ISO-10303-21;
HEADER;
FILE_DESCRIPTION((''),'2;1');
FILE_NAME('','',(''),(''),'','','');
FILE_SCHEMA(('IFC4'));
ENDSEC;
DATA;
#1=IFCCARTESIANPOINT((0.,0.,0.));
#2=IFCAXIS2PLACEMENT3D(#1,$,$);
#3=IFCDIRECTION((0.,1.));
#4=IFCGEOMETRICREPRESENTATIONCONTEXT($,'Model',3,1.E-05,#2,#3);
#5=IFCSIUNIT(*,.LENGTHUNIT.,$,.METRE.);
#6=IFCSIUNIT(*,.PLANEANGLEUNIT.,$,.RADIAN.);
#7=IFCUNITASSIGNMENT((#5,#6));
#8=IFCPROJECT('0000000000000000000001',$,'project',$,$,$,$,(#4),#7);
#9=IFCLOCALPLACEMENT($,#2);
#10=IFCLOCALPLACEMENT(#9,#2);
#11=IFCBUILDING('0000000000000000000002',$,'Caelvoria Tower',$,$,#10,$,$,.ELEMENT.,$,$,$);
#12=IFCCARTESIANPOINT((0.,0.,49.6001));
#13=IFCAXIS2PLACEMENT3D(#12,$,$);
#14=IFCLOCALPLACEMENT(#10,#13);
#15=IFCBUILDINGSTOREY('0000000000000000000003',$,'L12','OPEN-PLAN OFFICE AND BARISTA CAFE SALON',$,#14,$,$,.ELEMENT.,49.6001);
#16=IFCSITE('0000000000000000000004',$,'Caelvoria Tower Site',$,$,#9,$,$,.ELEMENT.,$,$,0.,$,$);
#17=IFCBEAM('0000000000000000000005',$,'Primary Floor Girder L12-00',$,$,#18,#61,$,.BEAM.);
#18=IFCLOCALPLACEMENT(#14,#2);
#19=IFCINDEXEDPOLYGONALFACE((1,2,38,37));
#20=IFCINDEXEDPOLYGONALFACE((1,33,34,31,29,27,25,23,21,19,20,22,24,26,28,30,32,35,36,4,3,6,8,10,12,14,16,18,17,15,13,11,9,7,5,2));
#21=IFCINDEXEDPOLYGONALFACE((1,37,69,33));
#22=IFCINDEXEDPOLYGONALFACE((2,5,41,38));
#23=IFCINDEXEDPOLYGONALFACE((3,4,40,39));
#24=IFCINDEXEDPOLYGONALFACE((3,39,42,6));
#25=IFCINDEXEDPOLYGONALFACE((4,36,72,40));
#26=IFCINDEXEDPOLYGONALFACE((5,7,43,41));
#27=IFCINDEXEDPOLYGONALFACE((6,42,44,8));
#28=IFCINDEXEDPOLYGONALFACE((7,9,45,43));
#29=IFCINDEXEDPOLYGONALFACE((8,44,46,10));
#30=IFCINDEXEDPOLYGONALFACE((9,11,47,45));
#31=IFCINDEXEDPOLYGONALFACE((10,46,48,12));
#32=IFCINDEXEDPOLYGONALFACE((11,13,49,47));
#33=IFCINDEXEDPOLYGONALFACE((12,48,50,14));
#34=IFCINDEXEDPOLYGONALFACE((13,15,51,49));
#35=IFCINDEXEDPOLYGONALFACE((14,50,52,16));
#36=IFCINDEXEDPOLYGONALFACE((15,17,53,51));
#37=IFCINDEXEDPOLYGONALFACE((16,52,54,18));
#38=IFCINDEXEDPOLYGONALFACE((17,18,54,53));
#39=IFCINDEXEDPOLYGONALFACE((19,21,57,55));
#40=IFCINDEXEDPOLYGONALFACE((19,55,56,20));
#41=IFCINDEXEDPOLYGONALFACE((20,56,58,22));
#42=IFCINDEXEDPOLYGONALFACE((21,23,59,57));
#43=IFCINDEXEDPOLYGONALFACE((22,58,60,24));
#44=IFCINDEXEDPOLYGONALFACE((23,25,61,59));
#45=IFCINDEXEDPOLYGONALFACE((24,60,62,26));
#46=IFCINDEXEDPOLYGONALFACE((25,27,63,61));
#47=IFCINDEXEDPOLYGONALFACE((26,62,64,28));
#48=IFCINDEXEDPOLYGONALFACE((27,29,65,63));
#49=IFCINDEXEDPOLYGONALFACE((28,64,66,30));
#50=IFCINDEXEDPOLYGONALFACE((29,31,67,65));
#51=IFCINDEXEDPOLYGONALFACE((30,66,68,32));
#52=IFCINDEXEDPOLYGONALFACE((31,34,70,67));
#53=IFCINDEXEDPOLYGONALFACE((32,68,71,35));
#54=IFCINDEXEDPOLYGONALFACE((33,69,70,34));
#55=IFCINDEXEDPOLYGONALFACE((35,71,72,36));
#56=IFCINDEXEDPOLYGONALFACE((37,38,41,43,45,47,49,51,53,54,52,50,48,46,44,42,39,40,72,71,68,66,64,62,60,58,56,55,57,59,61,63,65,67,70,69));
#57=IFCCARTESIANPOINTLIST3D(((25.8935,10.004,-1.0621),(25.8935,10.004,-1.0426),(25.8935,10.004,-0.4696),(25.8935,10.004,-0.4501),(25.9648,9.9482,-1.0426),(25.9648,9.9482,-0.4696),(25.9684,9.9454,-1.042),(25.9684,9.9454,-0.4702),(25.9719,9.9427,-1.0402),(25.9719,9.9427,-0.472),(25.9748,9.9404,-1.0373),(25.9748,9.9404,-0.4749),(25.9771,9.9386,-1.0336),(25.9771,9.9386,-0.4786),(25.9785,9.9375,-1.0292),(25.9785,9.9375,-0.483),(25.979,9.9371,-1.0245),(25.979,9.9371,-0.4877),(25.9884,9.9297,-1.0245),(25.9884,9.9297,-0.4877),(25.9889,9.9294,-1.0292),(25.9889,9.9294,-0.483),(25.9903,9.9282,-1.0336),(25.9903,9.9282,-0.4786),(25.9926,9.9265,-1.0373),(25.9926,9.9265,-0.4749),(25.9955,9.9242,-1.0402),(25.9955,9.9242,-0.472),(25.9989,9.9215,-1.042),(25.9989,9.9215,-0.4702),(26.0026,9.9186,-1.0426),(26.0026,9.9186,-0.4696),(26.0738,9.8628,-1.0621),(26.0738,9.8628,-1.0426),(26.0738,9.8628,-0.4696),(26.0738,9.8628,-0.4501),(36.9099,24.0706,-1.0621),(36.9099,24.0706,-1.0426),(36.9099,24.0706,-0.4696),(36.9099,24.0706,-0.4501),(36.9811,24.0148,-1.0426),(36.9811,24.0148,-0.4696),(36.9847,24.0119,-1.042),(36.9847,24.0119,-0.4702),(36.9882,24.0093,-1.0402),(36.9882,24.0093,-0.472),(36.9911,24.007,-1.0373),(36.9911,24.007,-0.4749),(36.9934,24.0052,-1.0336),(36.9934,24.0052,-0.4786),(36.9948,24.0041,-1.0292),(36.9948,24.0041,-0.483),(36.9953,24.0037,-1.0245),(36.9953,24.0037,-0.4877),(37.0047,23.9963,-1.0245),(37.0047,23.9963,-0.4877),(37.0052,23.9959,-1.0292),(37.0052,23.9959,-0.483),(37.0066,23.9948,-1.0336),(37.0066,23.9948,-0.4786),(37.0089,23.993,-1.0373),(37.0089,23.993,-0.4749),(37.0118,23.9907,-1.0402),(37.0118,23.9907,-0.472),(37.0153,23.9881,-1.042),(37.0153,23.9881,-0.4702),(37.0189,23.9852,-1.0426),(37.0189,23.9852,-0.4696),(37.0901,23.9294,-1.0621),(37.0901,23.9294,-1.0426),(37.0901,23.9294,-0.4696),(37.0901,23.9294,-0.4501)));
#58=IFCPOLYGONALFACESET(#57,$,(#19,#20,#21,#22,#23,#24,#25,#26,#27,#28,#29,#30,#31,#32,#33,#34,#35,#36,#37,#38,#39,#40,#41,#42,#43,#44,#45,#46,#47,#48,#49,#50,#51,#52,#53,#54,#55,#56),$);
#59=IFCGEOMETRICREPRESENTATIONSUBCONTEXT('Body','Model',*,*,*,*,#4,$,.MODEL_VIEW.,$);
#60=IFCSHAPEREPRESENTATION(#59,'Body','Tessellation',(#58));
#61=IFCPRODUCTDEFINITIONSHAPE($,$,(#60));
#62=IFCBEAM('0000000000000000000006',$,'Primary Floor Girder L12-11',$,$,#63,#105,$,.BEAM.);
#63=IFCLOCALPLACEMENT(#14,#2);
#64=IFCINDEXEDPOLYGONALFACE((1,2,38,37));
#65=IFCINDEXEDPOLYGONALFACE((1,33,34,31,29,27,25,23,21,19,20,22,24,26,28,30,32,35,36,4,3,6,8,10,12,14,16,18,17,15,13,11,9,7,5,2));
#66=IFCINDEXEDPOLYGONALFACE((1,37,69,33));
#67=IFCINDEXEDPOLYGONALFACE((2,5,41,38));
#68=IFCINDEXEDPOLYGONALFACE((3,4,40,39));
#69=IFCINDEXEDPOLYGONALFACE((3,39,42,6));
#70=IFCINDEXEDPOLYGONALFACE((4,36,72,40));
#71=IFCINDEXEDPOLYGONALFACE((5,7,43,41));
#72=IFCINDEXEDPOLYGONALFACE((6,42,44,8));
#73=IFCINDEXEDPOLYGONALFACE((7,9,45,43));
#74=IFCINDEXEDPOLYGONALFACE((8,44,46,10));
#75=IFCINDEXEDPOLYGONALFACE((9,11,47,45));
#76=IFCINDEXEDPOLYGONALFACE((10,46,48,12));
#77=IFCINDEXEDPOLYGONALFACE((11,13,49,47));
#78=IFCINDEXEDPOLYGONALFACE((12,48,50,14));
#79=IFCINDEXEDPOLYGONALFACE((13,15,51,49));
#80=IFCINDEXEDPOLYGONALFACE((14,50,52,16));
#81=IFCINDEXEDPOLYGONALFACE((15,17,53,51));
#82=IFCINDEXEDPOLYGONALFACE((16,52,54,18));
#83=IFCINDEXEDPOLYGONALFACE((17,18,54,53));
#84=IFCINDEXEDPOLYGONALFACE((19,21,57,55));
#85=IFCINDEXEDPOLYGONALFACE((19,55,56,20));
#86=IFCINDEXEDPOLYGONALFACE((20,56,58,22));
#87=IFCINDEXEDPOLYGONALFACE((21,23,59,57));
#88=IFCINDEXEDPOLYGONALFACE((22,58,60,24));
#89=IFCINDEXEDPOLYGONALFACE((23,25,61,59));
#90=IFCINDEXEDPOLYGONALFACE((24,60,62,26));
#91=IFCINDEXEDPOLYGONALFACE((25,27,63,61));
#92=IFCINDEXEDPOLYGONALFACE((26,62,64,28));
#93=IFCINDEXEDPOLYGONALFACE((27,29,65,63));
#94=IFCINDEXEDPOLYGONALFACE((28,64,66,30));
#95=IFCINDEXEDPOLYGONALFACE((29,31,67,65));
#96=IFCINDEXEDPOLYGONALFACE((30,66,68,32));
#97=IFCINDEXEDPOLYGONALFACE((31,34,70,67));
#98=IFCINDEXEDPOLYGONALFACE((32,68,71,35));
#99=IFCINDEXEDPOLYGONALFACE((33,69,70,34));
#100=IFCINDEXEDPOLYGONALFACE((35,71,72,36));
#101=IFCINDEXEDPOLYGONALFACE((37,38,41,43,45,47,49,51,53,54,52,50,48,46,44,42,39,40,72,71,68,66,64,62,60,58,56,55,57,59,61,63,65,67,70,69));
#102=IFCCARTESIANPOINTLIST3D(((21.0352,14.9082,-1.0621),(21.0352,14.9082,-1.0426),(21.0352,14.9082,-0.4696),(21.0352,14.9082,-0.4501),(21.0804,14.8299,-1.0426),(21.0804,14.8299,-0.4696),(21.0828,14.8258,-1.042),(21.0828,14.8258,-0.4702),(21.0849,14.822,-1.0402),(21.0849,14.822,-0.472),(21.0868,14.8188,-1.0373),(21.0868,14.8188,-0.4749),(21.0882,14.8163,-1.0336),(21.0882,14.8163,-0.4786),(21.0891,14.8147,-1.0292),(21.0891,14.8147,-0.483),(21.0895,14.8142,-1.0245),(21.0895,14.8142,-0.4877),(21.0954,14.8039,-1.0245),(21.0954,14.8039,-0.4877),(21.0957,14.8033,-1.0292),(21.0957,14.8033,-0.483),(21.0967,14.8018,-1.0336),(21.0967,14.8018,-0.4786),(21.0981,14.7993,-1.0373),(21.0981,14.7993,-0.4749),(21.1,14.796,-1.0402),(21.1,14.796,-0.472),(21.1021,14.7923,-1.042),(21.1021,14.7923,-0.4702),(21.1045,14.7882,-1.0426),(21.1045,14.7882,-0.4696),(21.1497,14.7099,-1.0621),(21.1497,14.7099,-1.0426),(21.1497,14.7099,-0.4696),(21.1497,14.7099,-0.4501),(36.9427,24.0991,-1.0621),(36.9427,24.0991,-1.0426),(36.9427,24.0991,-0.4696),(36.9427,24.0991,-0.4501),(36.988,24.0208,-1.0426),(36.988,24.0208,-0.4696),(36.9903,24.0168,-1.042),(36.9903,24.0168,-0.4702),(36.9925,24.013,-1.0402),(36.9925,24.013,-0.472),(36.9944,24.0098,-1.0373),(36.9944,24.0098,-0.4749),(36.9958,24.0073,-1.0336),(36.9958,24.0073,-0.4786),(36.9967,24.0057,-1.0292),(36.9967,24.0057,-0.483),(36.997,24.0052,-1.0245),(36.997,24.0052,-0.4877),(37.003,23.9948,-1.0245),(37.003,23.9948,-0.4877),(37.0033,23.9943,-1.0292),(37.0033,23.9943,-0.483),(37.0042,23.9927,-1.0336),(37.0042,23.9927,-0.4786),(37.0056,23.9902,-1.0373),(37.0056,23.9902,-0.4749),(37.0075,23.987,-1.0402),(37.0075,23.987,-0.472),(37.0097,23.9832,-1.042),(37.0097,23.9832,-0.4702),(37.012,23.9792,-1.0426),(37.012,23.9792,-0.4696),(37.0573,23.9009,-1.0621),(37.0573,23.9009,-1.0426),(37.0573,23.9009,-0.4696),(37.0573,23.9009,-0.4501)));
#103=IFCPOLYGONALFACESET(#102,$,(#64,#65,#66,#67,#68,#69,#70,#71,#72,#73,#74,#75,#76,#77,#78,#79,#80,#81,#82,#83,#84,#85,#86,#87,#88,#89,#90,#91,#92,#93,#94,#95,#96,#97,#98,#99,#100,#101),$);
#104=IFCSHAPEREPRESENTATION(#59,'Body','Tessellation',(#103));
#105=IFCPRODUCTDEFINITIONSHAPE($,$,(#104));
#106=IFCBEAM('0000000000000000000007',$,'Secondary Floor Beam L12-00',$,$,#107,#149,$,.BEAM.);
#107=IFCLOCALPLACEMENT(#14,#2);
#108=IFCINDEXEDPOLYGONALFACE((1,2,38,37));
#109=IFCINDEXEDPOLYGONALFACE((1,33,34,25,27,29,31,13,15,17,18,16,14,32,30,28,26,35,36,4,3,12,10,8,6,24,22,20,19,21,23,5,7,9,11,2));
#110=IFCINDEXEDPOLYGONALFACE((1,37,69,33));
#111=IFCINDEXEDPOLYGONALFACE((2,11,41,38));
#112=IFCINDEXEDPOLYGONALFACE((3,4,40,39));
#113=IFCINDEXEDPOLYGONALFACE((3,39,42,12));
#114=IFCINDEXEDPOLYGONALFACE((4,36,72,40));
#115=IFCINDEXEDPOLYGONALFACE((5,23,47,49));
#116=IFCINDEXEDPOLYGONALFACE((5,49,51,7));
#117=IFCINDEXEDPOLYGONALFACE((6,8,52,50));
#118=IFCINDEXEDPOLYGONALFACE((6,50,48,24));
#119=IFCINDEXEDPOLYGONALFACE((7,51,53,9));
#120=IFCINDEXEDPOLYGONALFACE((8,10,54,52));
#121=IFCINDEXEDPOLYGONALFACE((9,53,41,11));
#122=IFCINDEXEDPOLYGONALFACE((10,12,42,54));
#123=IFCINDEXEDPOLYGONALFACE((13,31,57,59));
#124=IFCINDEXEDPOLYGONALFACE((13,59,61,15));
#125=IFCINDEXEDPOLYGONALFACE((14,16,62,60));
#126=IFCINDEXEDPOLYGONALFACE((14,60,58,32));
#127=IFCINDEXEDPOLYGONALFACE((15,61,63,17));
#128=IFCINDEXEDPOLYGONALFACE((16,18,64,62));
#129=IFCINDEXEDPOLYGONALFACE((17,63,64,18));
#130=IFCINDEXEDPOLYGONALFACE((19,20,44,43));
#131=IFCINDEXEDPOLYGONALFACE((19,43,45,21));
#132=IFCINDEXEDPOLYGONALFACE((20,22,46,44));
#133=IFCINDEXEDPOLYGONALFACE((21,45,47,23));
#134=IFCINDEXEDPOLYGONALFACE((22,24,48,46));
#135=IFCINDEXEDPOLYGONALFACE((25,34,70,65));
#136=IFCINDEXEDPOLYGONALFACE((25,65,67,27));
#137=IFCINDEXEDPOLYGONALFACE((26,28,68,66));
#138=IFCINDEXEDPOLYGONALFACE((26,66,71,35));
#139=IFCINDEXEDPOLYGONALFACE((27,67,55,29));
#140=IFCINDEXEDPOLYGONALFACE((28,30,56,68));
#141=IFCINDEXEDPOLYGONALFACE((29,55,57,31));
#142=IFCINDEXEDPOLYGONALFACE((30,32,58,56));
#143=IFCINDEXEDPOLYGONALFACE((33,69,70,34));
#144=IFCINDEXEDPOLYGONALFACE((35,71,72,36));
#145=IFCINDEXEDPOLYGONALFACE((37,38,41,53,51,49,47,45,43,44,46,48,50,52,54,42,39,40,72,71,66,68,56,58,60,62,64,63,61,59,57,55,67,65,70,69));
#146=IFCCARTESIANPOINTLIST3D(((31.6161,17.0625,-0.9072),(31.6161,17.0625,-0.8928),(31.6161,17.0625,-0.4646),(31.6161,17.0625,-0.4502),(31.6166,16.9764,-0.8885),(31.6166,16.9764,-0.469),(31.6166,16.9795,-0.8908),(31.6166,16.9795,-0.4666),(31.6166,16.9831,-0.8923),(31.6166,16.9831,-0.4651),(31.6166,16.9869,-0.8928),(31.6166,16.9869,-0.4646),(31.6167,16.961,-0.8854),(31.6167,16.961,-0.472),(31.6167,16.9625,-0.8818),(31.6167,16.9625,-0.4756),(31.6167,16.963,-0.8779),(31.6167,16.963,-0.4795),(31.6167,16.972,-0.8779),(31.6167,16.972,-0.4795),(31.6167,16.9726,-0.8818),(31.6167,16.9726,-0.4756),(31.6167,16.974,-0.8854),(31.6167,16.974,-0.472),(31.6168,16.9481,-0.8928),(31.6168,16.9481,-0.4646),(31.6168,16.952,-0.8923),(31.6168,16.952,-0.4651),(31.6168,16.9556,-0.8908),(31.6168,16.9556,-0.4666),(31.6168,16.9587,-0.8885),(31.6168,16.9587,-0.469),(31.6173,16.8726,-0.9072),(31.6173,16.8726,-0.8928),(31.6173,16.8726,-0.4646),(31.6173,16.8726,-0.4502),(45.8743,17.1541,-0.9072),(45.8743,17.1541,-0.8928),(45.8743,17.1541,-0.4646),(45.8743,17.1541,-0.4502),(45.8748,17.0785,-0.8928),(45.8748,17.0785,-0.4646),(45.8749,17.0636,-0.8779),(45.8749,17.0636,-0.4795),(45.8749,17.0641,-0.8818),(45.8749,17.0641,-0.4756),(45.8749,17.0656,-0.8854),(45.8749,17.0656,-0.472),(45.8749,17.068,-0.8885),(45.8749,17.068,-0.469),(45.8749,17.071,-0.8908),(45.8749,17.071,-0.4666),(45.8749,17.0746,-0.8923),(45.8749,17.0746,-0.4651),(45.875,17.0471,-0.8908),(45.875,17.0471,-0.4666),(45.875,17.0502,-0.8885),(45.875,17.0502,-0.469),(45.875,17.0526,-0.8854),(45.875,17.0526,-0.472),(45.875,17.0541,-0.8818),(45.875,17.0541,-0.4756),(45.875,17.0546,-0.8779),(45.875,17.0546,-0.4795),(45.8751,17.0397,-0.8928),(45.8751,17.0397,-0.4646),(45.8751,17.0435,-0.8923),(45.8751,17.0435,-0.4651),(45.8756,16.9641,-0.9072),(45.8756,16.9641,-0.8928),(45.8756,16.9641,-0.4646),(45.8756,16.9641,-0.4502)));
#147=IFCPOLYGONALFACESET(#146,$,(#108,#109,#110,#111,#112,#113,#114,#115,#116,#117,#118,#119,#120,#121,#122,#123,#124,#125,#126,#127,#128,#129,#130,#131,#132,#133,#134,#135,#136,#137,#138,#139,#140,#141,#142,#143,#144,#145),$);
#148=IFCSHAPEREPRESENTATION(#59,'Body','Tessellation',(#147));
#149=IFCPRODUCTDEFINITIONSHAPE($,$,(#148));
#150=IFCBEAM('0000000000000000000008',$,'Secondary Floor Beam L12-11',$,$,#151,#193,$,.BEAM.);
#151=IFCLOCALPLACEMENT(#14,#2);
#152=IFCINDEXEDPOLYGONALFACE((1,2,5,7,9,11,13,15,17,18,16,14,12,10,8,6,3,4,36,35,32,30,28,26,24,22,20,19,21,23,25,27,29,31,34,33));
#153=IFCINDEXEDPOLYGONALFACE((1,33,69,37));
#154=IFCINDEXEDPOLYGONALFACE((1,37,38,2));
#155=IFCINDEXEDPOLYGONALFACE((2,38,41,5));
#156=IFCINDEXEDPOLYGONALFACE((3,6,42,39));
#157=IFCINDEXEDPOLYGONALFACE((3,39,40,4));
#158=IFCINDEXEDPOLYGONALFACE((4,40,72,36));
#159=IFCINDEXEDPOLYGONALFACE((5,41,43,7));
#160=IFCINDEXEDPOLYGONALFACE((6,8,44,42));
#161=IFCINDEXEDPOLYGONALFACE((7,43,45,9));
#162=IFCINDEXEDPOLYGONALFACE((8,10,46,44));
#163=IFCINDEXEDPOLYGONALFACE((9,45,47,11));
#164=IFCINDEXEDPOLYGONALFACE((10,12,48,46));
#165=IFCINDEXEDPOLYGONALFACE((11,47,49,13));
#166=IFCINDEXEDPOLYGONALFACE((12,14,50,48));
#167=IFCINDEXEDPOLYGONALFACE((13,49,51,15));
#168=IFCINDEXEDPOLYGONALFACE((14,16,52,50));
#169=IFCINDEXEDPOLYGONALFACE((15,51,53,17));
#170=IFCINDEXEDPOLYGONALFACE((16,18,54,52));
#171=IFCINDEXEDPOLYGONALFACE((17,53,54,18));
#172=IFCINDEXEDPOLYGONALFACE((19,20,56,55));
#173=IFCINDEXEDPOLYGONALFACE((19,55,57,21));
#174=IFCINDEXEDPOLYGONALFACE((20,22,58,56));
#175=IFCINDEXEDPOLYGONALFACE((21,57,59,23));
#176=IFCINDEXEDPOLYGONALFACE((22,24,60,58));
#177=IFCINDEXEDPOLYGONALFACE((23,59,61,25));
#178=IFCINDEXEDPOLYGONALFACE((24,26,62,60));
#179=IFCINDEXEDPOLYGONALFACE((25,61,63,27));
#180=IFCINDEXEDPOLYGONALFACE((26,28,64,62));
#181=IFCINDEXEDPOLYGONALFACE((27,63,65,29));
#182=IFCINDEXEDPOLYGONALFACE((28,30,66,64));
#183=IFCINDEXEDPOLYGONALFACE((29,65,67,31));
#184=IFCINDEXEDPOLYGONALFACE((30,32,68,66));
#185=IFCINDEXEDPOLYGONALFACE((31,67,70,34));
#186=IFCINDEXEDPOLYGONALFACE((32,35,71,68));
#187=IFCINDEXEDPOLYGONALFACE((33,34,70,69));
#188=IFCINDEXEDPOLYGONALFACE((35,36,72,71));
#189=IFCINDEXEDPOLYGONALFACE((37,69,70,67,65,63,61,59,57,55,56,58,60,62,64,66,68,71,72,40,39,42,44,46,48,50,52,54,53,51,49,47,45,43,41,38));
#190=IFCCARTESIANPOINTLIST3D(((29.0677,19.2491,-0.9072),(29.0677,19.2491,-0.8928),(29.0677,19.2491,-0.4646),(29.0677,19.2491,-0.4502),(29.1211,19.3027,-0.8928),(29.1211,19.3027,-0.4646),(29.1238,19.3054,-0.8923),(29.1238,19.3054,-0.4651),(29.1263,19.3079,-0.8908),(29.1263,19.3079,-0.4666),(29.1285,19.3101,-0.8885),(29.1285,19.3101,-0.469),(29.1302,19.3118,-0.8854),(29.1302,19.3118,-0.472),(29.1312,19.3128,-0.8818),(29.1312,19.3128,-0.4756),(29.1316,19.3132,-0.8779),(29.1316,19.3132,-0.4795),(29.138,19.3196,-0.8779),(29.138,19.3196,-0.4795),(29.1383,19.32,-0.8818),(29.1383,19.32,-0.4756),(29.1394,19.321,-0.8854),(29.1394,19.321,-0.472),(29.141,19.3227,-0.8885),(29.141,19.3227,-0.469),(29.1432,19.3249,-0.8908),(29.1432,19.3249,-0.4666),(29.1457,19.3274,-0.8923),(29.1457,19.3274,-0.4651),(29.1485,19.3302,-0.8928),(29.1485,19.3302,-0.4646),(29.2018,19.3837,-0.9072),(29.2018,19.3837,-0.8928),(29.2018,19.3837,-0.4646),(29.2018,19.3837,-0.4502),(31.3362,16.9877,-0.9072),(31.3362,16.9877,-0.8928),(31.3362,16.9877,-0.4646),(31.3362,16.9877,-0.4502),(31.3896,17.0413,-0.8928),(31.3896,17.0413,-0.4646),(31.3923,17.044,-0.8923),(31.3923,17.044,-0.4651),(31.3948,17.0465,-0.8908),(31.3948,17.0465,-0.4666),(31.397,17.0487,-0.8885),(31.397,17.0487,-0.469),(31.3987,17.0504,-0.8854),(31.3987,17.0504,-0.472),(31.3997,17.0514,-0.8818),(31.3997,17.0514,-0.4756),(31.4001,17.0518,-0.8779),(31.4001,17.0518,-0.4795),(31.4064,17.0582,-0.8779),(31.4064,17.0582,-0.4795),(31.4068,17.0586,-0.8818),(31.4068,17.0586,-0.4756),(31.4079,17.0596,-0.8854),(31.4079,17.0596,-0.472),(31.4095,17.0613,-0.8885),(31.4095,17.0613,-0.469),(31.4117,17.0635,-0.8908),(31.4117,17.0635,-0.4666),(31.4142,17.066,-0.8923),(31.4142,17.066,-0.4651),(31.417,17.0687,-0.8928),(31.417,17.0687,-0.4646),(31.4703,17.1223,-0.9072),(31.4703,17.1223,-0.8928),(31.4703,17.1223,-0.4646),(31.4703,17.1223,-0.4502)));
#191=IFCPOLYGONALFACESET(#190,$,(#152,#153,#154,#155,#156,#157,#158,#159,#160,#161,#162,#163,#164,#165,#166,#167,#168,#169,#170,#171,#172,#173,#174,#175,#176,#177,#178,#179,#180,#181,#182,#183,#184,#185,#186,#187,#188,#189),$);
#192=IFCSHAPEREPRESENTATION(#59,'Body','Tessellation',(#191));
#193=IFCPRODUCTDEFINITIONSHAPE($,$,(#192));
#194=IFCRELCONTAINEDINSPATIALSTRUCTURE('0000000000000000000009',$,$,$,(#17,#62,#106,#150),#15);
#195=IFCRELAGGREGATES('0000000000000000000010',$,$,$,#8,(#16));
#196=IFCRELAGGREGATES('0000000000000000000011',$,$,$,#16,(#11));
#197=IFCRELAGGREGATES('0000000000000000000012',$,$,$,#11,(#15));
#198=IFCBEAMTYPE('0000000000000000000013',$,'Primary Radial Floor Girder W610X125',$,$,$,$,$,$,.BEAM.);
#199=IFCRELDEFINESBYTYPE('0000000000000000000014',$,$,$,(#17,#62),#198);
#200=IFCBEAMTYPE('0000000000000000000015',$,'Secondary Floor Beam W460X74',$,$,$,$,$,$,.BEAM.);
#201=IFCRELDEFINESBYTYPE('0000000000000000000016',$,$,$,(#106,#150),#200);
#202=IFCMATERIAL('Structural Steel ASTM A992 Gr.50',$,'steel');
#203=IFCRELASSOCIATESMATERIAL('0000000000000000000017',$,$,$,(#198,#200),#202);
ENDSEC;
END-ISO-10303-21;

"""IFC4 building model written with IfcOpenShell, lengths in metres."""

from ifc_helpers import new_model, si_unit, direction, frame, origin, origin_2d, place, context, subcontext, project, spatial, i_section, extrude, material, material_profile, profile_set, type_object, element, save


model = new_model("IFC4")

# Units and contexts
model_context = context("Model", 3, precision=1e-05, world=origin(), true_north=direction((0.0, 1.0)))
body_context = subcontext(model_context, "Body", "Model", "MODEL_VIEW")
ifc_project = project(units=[si_unit("LENGTHUNIT", "METRE"), si_unit("PLANEANGLEUNIT", "RADIAN")], contexts=[model_context])

# Site, building, storey
site_placement = place(None, origin())
site = spatial("IfcSite", under=ifc_project, at=site_placement, Name="Caelvoria Tower Site", CompositionType="ELEMENT", RefElevation=0.0)
building_placement = place(site_placement, origin())
building = spatial("IfcBuilding", under=site, at=building_placement, Name="Caelvoria Tower", CompositionType="ELEMENT")
storey_placement = place(building_placement, frame((0.0, 0.0, 49.6001)))
storey = spatial("IfcBuildingStorey", under=building, at=storey_placement, Name="L12", Description="OPEN-PLAN OFFICE AND BARISTA CAFE SALON", CompositionType="ELEMENT", Elevation=49.6001)

# Beams
ifc_material_1 = material(Name="Structural Steel ASTM A992 Gr.50", Category="steel")
ifc_material_profile_1 = material_profile(ifc_material_1, i_section(OverallWidth=0.229, OverallDepth=0.6121, WebThickness=0.012, FlangeThickness=0.0195, FilletRadius=0.0181, at=origin_2d()), Name="Structural Steel ASTM A992 Gr.50")
ifc_profile_set_1 = profile_set([ifc_material_profile_1], Name="W610X125 - Structural Steel ASTM A992 Gr.50")
beam_type_1 = type_object("IfcBeamType", Name="Primary Radial Floor Girder W610X125", PredefinedType="BEAM", material=ifc_profile_set_1)
beam_1_placement = place(storey_placement, frame((37.0, 24.0, -0.7561), z_axis=(-0.616575, -0.787296, 0.0), x_axis=(0.787296, -0.616575, 0.0)))
element("IfcBeam", 1, at=beam_1_placement, inside=storey, type_object=beam_type_1, Name="Primary Floor Girder L12-00", PredefinedType="BEAM", context=body_context, shape_type="SweptSolid", body=[
    extrude(i_section(OverallWidth=0.229, OverallDepth=0.6121, WebThickness=0.012, FlangeThickness=0.0195, FilletRadius=0.0181, at=origin_2d()), origin(), (0.0, 0.0, 1.0), 17.8669),
])
beam_2_placement = place(storey_placement, frame((37.0, 24.0, -0.7561), z_axis=(-0.865867, -0.500275, 0.0), x_axis=(0.500275, -0.865867, 0.0)))
element("IfcBeam", 2, at=beam_2_placement, inside=storey, type_object=beam_type_1, Name="Primary Floor Girder L12-11", PredefinedType="BEAM", context=body_context, shape_type="SweptSolid", body=[
    extrude(i_section(OverallWidth=0.229, OverallDepth=0.6121, WebThickness=0.012, FlangeThickness=0.0195, FilletRadius=0.0181, at=origin_2d()), origin(), (0.0, 0.0, 1.0), 18.3718),
])
ifc_material_profile_2 = material_profile(ifc_material_1, i_section(OverallWidth=0.1899, OverallDepth=0.457, WebThickness=0.009, FlangeThickness=0.0144, FilletRadius=0.0149, at=origin_2d()), Name="Structural Steel ASTM A992 Gr.50")
ifc_profile_set_2 = profile_set([ifc_material_profile_2], Name="W460X74 - Structural Steel ASTM A992 Gr.50")
beam_type_2 = type_object("IfcBeamType", Name="Secondary Floor Beam W460X74", PredefinedType="BEAM", material=ifc_profile_set_2)
beam_3_placement = place(storey_placement, frame((31.6167, 16.9675, -0.6787), z_axis=(0.999979, 0.006421, 0.0), x_axis=(-0.006421, 0.999979, 0.0)))
element("IfcBeam", 3, at=beam_3_placement, inside=storey, type_object=beam_type_2, Name="Secondary Floor Beam L12-00", PredefinedType="BEAM", context=body_context, shape_type="SweptSolid", body=[
    extrude(i_section(OverallWidth=0.1899, OverallDepth=0.457, WebThickness=0.009, FlangeThickness=0.0144, FilletRadius=0.0149, at=origin_2d()), origin(), (0.0, 0.0, 1.0), 14.2585),
])
beam_4_placement = place(storey_placement, frame((29.1348, 19.3164, -0.6787), z_axis=(0.708211, -0.706001, 0.0), x_axis=(0.706001, 0.708211, 0.0)))
element("IfcBeam", 4, at=beam_4_placement, inside=storey, type_object=beam_type_2, Name="Secondary Floor Beam L12-11", PredefinedType="BEAM", context=body_context, shape_type="SweptSolid", body=[
    extrude(i_section(OverallWidth=0.1899, OverallDepth=0.457, WebThickness=0.009, FlangeThickness=0.0144, FilletRadius=0.0149, at=origin_2d()), origin(), (0.0, 0.0, 1.0), 3.2031),
])

save(model, "model.ifc")
